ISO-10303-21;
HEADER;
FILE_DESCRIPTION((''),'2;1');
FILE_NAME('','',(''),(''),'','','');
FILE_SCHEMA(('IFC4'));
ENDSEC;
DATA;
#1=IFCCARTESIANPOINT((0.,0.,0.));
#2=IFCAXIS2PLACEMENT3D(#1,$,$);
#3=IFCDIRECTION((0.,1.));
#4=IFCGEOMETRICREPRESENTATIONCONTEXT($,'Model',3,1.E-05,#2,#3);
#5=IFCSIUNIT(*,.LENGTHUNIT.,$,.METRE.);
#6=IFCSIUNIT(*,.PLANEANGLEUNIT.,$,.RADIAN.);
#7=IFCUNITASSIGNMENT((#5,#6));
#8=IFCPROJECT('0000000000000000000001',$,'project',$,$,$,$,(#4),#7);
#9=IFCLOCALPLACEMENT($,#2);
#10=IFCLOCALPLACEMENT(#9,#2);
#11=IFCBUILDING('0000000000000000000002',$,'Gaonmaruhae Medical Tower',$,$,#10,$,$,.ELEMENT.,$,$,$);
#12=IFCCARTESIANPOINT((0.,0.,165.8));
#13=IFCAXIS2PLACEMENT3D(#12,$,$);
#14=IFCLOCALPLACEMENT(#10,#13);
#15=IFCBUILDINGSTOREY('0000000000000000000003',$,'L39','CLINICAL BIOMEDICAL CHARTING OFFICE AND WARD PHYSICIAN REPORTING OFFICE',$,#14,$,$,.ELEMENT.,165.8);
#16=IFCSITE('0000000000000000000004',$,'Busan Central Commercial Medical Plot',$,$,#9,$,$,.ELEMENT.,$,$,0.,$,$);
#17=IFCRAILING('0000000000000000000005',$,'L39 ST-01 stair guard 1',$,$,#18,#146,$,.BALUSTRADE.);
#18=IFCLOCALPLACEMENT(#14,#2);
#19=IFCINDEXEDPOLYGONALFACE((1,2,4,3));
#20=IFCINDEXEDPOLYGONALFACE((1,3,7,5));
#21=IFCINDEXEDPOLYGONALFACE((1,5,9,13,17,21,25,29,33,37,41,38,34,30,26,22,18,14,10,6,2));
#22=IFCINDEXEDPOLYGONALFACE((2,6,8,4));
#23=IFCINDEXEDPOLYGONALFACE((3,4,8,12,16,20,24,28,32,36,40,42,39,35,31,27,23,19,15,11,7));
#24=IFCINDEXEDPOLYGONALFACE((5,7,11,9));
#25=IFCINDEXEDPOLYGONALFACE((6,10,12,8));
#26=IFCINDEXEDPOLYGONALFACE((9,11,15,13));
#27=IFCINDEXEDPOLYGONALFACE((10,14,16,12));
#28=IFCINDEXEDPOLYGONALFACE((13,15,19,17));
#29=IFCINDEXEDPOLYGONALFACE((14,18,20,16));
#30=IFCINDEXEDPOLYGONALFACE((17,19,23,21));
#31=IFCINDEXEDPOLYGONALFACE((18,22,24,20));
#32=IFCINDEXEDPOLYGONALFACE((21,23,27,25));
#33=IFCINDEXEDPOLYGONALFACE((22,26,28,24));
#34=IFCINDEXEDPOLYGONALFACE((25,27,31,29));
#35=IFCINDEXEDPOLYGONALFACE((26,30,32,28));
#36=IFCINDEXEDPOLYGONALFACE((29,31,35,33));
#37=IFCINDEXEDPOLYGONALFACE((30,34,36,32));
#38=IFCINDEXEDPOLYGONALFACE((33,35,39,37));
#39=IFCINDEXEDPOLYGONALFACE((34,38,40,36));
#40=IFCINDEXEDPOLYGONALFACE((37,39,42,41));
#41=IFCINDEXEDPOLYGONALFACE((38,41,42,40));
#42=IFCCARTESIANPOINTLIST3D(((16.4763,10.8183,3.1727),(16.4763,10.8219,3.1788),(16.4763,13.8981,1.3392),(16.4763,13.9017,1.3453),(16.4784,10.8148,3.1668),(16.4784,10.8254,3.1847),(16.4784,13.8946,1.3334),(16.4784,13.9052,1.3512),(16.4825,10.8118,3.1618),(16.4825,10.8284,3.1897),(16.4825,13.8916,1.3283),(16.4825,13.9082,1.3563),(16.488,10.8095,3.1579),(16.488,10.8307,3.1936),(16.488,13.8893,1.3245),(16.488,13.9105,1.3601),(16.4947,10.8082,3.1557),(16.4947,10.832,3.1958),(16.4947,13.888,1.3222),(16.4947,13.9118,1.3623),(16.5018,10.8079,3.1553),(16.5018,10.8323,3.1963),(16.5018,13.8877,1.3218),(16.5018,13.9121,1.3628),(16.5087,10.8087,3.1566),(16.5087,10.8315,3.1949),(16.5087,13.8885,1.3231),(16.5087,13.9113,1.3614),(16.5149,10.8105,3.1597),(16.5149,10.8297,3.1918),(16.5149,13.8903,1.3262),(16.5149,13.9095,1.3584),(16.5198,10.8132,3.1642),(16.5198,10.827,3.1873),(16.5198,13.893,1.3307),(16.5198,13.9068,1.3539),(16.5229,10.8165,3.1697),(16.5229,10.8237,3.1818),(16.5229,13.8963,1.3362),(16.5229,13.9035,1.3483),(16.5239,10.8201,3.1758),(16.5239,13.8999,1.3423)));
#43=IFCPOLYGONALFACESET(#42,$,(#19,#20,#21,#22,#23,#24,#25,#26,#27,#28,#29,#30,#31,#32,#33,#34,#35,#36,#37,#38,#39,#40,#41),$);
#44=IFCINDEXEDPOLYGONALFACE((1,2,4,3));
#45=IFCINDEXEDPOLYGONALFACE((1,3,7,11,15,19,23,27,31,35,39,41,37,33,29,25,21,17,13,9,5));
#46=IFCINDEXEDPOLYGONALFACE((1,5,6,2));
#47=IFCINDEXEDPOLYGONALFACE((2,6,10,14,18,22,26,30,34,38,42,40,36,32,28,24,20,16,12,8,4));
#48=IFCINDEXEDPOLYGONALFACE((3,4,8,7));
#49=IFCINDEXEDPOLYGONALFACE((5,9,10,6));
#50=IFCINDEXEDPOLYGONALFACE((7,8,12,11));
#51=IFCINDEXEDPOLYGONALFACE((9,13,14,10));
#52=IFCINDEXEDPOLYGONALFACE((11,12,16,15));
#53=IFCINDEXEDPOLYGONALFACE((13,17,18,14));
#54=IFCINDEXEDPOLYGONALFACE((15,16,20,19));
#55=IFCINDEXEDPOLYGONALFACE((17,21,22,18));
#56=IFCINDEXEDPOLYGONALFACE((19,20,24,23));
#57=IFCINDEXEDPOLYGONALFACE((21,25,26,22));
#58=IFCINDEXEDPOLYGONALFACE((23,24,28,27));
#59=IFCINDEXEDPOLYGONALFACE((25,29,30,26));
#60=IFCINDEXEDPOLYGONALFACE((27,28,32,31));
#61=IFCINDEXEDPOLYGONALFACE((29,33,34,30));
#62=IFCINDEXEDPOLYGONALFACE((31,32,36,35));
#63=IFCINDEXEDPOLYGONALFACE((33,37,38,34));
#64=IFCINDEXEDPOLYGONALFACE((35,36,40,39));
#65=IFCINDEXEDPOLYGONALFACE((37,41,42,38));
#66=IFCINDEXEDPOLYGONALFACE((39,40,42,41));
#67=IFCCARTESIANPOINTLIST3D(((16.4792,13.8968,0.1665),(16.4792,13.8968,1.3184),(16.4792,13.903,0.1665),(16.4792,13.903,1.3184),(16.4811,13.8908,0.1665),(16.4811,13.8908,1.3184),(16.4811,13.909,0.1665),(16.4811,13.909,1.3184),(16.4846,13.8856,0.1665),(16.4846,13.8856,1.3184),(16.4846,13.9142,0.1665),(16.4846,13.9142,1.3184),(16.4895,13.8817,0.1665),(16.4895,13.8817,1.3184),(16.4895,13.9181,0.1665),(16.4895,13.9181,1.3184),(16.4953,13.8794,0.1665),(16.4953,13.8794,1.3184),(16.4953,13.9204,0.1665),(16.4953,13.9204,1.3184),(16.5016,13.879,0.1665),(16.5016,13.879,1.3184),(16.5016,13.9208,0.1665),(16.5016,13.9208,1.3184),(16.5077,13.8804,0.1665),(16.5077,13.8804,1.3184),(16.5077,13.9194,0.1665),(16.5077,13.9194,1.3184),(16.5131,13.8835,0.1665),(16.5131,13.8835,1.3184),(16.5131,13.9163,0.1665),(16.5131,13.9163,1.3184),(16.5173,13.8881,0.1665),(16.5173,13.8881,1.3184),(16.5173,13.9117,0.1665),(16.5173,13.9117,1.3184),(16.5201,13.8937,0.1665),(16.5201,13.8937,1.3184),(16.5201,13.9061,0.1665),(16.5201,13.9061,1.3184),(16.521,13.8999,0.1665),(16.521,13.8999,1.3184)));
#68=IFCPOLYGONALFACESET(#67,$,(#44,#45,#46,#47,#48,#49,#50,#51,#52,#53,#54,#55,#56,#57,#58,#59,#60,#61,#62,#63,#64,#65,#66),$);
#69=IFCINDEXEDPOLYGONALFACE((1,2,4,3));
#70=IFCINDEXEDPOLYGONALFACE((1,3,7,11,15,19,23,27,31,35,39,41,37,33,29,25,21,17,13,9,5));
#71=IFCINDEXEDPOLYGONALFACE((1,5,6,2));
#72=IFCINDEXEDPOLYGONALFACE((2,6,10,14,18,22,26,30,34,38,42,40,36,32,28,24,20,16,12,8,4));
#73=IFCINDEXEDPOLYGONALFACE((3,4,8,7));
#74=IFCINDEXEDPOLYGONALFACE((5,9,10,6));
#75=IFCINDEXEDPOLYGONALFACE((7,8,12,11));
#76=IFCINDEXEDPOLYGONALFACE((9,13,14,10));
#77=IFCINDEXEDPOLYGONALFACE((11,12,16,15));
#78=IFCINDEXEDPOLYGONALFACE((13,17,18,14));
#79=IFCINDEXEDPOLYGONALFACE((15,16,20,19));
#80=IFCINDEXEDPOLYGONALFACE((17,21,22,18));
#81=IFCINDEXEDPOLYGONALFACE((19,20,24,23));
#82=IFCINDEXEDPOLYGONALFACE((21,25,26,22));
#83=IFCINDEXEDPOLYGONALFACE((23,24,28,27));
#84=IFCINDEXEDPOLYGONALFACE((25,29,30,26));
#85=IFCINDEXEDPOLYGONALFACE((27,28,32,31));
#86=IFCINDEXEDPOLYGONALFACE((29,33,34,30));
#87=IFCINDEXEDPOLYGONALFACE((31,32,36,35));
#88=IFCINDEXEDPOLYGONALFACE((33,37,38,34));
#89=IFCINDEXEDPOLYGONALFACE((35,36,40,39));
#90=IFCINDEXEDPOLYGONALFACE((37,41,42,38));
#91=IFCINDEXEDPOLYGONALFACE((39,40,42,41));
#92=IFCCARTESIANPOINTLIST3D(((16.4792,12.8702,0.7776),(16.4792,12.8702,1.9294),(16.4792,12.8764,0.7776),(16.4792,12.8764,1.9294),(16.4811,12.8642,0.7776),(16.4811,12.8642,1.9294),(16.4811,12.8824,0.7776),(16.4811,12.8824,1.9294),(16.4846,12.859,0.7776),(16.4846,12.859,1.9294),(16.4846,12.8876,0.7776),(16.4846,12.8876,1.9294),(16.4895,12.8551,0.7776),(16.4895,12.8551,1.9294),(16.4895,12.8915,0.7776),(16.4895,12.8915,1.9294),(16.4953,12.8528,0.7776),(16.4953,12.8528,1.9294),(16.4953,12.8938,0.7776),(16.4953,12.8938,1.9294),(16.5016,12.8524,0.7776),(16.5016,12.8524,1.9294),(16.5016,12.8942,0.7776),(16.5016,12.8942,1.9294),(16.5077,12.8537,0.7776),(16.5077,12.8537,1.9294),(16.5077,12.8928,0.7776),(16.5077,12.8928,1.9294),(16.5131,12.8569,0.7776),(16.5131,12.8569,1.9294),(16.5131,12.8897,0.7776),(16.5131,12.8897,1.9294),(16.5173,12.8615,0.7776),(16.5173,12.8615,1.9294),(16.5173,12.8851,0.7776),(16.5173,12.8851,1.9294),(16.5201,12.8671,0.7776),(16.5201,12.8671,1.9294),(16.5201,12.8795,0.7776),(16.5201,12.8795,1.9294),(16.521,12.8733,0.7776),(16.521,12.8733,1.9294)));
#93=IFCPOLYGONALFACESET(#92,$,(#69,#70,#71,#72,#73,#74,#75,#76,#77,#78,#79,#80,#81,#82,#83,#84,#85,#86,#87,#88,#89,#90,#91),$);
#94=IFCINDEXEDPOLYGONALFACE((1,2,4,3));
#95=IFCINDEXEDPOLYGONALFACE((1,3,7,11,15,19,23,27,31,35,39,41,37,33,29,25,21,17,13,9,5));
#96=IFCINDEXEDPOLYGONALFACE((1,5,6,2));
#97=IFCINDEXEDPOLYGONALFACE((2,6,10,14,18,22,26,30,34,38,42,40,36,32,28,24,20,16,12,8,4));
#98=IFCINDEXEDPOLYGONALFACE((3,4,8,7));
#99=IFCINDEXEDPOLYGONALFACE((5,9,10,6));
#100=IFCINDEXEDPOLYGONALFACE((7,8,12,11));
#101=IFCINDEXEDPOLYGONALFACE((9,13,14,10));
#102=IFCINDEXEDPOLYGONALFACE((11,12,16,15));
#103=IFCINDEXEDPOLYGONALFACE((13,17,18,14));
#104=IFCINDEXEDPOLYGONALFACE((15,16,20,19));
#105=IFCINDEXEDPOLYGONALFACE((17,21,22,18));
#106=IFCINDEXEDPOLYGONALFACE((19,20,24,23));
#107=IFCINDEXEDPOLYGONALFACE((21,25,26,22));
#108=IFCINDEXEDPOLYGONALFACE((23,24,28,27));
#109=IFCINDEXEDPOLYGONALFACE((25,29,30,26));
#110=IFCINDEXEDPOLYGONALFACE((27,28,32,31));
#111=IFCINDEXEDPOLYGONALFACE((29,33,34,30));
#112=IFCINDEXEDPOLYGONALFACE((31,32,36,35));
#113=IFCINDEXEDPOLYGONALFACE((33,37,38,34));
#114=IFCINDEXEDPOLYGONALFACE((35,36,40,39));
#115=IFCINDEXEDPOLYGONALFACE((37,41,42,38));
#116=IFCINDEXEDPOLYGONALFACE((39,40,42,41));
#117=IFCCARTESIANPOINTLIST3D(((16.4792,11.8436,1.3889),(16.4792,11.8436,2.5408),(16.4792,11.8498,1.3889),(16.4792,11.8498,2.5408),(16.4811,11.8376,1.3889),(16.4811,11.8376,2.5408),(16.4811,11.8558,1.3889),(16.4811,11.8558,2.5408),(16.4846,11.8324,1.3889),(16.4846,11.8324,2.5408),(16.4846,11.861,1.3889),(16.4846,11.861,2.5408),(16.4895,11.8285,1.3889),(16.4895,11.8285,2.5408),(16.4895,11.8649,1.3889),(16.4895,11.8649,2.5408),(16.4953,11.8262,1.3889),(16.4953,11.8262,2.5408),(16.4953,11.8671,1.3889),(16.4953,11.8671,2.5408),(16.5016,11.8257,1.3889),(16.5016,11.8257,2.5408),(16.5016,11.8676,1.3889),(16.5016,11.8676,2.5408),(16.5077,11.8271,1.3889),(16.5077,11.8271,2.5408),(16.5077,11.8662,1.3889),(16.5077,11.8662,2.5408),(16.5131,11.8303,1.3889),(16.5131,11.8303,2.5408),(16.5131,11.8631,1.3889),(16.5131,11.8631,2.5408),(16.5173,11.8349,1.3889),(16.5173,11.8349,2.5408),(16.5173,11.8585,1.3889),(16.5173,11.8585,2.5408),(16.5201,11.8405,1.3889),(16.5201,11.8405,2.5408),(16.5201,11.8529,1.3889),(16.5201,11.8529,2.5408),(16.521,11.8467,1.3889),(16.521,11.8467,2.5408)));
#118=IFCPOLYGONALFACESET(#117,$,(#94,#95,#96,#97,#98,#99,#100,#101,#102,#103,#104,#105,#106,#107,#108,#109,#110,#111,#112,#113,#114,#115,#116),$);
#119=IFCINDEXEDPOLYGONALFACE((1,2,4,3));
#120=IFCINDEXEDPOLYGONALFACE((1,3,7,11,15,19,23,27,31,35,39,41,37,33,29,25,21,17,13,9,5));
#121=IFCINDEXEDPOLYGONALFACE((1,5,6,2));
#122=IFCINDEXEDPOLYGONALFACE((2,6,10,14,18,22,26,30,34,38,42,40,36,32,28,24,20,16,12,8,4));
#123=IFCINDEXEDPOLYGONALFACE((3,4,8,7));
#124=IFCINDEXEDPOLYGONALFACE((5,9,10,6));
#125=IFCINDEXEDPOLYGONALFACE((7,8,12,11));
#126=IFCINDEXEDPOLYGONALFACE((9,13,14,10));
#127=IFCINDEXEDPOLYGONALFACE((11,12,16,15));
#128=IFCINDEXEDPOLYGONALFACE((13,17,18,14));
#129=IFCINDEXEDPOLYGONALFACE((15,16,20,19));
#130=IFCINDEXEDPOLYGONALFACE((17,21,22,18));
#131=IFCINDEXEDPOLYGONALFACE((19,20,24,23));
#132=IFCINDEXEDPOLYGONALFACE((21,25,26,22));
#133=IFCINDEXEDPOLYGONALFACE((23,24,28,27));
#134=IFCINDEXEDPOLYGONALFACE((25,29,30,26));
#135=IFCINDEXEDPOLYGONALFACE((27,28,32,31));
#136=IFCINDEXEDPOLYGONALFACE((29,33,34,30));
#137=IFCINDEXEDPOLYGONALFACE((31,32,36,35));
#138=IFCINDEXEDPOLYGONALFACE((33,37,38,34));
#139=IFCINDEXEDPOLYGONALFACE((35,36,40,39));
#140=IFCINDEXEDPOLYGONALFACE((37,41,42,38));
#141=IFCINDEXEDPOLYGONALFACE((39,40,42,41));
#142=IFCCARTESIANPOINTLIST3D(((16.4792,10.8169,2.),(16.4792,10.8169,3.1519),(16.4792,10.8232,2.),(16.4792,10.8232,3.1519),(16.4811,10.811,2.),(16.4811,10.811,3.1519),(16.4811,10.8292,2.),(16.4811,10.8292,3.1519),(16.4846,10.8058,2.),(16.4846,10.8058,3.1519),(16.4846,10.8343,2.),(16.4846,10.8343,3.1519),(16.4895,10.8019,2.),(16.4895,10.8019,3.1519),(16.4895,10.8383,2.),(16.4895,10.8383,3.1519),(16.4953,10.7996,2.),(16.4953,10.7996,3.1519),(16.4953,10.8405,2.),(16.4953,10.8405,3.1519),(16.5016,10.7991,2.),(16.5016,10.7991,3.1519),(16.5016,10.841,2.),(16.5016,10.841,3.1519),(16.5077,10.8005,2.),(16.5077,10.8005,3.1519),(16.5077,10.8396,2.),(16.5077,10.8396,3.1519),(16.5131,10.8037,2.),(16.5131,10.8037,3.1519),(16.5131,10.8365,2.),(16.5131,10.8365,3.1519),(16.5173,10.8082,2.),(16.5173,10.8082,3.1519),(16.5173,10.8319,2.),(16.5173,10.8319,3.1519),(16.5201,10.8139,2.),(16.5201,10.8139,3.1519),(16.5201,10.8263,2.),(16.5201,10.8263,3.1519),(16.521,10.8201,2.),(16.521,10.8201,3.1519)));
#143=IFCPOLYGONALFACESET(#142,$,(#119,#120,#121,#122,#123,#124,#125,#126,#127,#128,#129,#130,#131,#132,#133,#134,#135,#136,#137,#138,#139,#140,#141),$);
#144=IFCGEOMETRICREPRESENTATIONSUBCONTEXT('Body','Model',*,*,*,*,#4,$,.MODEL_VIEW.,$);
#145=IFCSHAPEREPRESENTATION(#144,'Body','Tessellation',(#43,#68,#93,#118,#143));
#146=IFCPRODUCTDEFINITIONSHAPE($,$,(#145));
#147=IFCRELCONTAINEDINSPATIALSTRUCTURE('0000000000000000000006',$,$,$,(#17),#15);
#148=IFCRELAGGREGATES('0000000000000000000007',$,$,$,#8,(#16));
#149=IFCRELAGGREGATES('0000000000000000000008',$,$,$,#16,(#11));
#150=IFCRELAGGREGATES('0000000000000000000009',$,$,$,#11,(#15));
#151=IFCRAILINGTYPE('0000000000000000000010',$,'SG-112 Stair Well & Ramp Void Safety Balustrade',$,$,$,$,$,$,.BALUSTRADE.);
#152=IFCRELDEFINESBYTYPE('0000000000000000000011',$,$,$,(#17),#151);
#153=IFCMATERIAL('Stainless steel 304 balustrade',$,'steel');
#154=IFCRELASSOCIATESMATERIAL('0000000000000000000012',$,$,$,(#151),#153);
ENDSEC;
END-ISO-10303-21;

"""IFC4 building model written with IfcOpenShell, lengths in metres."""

from ifc_helpers import new_model, si_unit, direction, frame, origin, origin_2d, place, context, subcontext, project, spatial, circle, extrude, material, type_object, element, save


model = new_model("IFC4")

# Units and contexts
model_context = context("Model", 3, precision=1e-05, world=origin(), true_north=direction((0.0, 1.0)))
body_context = subcontext(model_context, "Body", "Model", "MODEL_VIEW")
ifc_project = project(units=[si_unit("LENGTHUNIT", "METRE"), si_unit("PLANEANGLEUNIT", "RADIAN")], contexts=[model_context])

# Site, building, storey
site_placement = place(None, origin())
site = spatial("IfcSite", under=ifc_project, at=site_placement, Name="Busan Central Commercial Medical Plot", CompositionType="ELEMENT", RefElevation=0.0)
building_placement = place(site_placement, origin())
building = spatial("IfcBuilding", under=site, at=building_placement, Name="Gaonmaruhae Medical Tower", CompositionType="ELEMENT")
storey_placement = place(building_placement, frame((0.0, 0.0, 165.8)))
storey = spatial("IfcBuildingStorey", under=building, at=storey_placement, Name="L39", Description="CLINICAL BIOMEDICAL CHARTING OFFICE AND WARD PHYSICIAN REPORTING OFFICE", CompositionType="ELEMENT", Elevation=165.8)

# Railing
ifc_material_1 = material(Name="Stainless steel 304 balustrade", Category="steel")
railing_type_1 = type_object("IfcRailingType", Name="SG-112 Stair Well & Ramp Void Safety Balustrade", PredefinedType="BALUSTRADE", material=ifc_material_1)
railing_1_placement = place(storey_placement, frame((16.5, 13.8999, 0.1665)))
element("IfcRailing", 1, at=railing_1_placement, inside=storey, type_object=railing_type_1, Name="L39 ST-01 stair guard 1", PredefinedType="BALUSTRADE", context=body_context, shape_type="SweptSolid", body=[
    extrude(circle(Radius=0.0239, at=origin_2d()), frame((0.0, 0.0, 1.1758), z_axis=(0.0, -0.859261, 0.511538), x_axis=(1.0, 0.0, 0.0)), (0.0, 0.0, 1.0), 3.5842),
    extrude(circle(Radius=0.021, at=origin_2d()), origin(), (0.0, 0.0, 1.0), 1.1519),
    extrude(circle(Radius=0.021, at=origin_2d()), frame((0.0, -1.0266, 0.6111)), (0.0, 0.0, 1.0), 1.1519),
    extrude(circle(Radius=0.021, at=origin_2d()), frame((0.0, -2.0532, 1.2224)), (0.0, 0.0, 1.0), 1.1519),
    extrude(circle(Radius=0.021, at=origin_2d()), frame((0.0, -3.0798, 1.8335)), (0.0, 0.0, 1.0), 1.1519),
])

save(model, "model.ifc")
